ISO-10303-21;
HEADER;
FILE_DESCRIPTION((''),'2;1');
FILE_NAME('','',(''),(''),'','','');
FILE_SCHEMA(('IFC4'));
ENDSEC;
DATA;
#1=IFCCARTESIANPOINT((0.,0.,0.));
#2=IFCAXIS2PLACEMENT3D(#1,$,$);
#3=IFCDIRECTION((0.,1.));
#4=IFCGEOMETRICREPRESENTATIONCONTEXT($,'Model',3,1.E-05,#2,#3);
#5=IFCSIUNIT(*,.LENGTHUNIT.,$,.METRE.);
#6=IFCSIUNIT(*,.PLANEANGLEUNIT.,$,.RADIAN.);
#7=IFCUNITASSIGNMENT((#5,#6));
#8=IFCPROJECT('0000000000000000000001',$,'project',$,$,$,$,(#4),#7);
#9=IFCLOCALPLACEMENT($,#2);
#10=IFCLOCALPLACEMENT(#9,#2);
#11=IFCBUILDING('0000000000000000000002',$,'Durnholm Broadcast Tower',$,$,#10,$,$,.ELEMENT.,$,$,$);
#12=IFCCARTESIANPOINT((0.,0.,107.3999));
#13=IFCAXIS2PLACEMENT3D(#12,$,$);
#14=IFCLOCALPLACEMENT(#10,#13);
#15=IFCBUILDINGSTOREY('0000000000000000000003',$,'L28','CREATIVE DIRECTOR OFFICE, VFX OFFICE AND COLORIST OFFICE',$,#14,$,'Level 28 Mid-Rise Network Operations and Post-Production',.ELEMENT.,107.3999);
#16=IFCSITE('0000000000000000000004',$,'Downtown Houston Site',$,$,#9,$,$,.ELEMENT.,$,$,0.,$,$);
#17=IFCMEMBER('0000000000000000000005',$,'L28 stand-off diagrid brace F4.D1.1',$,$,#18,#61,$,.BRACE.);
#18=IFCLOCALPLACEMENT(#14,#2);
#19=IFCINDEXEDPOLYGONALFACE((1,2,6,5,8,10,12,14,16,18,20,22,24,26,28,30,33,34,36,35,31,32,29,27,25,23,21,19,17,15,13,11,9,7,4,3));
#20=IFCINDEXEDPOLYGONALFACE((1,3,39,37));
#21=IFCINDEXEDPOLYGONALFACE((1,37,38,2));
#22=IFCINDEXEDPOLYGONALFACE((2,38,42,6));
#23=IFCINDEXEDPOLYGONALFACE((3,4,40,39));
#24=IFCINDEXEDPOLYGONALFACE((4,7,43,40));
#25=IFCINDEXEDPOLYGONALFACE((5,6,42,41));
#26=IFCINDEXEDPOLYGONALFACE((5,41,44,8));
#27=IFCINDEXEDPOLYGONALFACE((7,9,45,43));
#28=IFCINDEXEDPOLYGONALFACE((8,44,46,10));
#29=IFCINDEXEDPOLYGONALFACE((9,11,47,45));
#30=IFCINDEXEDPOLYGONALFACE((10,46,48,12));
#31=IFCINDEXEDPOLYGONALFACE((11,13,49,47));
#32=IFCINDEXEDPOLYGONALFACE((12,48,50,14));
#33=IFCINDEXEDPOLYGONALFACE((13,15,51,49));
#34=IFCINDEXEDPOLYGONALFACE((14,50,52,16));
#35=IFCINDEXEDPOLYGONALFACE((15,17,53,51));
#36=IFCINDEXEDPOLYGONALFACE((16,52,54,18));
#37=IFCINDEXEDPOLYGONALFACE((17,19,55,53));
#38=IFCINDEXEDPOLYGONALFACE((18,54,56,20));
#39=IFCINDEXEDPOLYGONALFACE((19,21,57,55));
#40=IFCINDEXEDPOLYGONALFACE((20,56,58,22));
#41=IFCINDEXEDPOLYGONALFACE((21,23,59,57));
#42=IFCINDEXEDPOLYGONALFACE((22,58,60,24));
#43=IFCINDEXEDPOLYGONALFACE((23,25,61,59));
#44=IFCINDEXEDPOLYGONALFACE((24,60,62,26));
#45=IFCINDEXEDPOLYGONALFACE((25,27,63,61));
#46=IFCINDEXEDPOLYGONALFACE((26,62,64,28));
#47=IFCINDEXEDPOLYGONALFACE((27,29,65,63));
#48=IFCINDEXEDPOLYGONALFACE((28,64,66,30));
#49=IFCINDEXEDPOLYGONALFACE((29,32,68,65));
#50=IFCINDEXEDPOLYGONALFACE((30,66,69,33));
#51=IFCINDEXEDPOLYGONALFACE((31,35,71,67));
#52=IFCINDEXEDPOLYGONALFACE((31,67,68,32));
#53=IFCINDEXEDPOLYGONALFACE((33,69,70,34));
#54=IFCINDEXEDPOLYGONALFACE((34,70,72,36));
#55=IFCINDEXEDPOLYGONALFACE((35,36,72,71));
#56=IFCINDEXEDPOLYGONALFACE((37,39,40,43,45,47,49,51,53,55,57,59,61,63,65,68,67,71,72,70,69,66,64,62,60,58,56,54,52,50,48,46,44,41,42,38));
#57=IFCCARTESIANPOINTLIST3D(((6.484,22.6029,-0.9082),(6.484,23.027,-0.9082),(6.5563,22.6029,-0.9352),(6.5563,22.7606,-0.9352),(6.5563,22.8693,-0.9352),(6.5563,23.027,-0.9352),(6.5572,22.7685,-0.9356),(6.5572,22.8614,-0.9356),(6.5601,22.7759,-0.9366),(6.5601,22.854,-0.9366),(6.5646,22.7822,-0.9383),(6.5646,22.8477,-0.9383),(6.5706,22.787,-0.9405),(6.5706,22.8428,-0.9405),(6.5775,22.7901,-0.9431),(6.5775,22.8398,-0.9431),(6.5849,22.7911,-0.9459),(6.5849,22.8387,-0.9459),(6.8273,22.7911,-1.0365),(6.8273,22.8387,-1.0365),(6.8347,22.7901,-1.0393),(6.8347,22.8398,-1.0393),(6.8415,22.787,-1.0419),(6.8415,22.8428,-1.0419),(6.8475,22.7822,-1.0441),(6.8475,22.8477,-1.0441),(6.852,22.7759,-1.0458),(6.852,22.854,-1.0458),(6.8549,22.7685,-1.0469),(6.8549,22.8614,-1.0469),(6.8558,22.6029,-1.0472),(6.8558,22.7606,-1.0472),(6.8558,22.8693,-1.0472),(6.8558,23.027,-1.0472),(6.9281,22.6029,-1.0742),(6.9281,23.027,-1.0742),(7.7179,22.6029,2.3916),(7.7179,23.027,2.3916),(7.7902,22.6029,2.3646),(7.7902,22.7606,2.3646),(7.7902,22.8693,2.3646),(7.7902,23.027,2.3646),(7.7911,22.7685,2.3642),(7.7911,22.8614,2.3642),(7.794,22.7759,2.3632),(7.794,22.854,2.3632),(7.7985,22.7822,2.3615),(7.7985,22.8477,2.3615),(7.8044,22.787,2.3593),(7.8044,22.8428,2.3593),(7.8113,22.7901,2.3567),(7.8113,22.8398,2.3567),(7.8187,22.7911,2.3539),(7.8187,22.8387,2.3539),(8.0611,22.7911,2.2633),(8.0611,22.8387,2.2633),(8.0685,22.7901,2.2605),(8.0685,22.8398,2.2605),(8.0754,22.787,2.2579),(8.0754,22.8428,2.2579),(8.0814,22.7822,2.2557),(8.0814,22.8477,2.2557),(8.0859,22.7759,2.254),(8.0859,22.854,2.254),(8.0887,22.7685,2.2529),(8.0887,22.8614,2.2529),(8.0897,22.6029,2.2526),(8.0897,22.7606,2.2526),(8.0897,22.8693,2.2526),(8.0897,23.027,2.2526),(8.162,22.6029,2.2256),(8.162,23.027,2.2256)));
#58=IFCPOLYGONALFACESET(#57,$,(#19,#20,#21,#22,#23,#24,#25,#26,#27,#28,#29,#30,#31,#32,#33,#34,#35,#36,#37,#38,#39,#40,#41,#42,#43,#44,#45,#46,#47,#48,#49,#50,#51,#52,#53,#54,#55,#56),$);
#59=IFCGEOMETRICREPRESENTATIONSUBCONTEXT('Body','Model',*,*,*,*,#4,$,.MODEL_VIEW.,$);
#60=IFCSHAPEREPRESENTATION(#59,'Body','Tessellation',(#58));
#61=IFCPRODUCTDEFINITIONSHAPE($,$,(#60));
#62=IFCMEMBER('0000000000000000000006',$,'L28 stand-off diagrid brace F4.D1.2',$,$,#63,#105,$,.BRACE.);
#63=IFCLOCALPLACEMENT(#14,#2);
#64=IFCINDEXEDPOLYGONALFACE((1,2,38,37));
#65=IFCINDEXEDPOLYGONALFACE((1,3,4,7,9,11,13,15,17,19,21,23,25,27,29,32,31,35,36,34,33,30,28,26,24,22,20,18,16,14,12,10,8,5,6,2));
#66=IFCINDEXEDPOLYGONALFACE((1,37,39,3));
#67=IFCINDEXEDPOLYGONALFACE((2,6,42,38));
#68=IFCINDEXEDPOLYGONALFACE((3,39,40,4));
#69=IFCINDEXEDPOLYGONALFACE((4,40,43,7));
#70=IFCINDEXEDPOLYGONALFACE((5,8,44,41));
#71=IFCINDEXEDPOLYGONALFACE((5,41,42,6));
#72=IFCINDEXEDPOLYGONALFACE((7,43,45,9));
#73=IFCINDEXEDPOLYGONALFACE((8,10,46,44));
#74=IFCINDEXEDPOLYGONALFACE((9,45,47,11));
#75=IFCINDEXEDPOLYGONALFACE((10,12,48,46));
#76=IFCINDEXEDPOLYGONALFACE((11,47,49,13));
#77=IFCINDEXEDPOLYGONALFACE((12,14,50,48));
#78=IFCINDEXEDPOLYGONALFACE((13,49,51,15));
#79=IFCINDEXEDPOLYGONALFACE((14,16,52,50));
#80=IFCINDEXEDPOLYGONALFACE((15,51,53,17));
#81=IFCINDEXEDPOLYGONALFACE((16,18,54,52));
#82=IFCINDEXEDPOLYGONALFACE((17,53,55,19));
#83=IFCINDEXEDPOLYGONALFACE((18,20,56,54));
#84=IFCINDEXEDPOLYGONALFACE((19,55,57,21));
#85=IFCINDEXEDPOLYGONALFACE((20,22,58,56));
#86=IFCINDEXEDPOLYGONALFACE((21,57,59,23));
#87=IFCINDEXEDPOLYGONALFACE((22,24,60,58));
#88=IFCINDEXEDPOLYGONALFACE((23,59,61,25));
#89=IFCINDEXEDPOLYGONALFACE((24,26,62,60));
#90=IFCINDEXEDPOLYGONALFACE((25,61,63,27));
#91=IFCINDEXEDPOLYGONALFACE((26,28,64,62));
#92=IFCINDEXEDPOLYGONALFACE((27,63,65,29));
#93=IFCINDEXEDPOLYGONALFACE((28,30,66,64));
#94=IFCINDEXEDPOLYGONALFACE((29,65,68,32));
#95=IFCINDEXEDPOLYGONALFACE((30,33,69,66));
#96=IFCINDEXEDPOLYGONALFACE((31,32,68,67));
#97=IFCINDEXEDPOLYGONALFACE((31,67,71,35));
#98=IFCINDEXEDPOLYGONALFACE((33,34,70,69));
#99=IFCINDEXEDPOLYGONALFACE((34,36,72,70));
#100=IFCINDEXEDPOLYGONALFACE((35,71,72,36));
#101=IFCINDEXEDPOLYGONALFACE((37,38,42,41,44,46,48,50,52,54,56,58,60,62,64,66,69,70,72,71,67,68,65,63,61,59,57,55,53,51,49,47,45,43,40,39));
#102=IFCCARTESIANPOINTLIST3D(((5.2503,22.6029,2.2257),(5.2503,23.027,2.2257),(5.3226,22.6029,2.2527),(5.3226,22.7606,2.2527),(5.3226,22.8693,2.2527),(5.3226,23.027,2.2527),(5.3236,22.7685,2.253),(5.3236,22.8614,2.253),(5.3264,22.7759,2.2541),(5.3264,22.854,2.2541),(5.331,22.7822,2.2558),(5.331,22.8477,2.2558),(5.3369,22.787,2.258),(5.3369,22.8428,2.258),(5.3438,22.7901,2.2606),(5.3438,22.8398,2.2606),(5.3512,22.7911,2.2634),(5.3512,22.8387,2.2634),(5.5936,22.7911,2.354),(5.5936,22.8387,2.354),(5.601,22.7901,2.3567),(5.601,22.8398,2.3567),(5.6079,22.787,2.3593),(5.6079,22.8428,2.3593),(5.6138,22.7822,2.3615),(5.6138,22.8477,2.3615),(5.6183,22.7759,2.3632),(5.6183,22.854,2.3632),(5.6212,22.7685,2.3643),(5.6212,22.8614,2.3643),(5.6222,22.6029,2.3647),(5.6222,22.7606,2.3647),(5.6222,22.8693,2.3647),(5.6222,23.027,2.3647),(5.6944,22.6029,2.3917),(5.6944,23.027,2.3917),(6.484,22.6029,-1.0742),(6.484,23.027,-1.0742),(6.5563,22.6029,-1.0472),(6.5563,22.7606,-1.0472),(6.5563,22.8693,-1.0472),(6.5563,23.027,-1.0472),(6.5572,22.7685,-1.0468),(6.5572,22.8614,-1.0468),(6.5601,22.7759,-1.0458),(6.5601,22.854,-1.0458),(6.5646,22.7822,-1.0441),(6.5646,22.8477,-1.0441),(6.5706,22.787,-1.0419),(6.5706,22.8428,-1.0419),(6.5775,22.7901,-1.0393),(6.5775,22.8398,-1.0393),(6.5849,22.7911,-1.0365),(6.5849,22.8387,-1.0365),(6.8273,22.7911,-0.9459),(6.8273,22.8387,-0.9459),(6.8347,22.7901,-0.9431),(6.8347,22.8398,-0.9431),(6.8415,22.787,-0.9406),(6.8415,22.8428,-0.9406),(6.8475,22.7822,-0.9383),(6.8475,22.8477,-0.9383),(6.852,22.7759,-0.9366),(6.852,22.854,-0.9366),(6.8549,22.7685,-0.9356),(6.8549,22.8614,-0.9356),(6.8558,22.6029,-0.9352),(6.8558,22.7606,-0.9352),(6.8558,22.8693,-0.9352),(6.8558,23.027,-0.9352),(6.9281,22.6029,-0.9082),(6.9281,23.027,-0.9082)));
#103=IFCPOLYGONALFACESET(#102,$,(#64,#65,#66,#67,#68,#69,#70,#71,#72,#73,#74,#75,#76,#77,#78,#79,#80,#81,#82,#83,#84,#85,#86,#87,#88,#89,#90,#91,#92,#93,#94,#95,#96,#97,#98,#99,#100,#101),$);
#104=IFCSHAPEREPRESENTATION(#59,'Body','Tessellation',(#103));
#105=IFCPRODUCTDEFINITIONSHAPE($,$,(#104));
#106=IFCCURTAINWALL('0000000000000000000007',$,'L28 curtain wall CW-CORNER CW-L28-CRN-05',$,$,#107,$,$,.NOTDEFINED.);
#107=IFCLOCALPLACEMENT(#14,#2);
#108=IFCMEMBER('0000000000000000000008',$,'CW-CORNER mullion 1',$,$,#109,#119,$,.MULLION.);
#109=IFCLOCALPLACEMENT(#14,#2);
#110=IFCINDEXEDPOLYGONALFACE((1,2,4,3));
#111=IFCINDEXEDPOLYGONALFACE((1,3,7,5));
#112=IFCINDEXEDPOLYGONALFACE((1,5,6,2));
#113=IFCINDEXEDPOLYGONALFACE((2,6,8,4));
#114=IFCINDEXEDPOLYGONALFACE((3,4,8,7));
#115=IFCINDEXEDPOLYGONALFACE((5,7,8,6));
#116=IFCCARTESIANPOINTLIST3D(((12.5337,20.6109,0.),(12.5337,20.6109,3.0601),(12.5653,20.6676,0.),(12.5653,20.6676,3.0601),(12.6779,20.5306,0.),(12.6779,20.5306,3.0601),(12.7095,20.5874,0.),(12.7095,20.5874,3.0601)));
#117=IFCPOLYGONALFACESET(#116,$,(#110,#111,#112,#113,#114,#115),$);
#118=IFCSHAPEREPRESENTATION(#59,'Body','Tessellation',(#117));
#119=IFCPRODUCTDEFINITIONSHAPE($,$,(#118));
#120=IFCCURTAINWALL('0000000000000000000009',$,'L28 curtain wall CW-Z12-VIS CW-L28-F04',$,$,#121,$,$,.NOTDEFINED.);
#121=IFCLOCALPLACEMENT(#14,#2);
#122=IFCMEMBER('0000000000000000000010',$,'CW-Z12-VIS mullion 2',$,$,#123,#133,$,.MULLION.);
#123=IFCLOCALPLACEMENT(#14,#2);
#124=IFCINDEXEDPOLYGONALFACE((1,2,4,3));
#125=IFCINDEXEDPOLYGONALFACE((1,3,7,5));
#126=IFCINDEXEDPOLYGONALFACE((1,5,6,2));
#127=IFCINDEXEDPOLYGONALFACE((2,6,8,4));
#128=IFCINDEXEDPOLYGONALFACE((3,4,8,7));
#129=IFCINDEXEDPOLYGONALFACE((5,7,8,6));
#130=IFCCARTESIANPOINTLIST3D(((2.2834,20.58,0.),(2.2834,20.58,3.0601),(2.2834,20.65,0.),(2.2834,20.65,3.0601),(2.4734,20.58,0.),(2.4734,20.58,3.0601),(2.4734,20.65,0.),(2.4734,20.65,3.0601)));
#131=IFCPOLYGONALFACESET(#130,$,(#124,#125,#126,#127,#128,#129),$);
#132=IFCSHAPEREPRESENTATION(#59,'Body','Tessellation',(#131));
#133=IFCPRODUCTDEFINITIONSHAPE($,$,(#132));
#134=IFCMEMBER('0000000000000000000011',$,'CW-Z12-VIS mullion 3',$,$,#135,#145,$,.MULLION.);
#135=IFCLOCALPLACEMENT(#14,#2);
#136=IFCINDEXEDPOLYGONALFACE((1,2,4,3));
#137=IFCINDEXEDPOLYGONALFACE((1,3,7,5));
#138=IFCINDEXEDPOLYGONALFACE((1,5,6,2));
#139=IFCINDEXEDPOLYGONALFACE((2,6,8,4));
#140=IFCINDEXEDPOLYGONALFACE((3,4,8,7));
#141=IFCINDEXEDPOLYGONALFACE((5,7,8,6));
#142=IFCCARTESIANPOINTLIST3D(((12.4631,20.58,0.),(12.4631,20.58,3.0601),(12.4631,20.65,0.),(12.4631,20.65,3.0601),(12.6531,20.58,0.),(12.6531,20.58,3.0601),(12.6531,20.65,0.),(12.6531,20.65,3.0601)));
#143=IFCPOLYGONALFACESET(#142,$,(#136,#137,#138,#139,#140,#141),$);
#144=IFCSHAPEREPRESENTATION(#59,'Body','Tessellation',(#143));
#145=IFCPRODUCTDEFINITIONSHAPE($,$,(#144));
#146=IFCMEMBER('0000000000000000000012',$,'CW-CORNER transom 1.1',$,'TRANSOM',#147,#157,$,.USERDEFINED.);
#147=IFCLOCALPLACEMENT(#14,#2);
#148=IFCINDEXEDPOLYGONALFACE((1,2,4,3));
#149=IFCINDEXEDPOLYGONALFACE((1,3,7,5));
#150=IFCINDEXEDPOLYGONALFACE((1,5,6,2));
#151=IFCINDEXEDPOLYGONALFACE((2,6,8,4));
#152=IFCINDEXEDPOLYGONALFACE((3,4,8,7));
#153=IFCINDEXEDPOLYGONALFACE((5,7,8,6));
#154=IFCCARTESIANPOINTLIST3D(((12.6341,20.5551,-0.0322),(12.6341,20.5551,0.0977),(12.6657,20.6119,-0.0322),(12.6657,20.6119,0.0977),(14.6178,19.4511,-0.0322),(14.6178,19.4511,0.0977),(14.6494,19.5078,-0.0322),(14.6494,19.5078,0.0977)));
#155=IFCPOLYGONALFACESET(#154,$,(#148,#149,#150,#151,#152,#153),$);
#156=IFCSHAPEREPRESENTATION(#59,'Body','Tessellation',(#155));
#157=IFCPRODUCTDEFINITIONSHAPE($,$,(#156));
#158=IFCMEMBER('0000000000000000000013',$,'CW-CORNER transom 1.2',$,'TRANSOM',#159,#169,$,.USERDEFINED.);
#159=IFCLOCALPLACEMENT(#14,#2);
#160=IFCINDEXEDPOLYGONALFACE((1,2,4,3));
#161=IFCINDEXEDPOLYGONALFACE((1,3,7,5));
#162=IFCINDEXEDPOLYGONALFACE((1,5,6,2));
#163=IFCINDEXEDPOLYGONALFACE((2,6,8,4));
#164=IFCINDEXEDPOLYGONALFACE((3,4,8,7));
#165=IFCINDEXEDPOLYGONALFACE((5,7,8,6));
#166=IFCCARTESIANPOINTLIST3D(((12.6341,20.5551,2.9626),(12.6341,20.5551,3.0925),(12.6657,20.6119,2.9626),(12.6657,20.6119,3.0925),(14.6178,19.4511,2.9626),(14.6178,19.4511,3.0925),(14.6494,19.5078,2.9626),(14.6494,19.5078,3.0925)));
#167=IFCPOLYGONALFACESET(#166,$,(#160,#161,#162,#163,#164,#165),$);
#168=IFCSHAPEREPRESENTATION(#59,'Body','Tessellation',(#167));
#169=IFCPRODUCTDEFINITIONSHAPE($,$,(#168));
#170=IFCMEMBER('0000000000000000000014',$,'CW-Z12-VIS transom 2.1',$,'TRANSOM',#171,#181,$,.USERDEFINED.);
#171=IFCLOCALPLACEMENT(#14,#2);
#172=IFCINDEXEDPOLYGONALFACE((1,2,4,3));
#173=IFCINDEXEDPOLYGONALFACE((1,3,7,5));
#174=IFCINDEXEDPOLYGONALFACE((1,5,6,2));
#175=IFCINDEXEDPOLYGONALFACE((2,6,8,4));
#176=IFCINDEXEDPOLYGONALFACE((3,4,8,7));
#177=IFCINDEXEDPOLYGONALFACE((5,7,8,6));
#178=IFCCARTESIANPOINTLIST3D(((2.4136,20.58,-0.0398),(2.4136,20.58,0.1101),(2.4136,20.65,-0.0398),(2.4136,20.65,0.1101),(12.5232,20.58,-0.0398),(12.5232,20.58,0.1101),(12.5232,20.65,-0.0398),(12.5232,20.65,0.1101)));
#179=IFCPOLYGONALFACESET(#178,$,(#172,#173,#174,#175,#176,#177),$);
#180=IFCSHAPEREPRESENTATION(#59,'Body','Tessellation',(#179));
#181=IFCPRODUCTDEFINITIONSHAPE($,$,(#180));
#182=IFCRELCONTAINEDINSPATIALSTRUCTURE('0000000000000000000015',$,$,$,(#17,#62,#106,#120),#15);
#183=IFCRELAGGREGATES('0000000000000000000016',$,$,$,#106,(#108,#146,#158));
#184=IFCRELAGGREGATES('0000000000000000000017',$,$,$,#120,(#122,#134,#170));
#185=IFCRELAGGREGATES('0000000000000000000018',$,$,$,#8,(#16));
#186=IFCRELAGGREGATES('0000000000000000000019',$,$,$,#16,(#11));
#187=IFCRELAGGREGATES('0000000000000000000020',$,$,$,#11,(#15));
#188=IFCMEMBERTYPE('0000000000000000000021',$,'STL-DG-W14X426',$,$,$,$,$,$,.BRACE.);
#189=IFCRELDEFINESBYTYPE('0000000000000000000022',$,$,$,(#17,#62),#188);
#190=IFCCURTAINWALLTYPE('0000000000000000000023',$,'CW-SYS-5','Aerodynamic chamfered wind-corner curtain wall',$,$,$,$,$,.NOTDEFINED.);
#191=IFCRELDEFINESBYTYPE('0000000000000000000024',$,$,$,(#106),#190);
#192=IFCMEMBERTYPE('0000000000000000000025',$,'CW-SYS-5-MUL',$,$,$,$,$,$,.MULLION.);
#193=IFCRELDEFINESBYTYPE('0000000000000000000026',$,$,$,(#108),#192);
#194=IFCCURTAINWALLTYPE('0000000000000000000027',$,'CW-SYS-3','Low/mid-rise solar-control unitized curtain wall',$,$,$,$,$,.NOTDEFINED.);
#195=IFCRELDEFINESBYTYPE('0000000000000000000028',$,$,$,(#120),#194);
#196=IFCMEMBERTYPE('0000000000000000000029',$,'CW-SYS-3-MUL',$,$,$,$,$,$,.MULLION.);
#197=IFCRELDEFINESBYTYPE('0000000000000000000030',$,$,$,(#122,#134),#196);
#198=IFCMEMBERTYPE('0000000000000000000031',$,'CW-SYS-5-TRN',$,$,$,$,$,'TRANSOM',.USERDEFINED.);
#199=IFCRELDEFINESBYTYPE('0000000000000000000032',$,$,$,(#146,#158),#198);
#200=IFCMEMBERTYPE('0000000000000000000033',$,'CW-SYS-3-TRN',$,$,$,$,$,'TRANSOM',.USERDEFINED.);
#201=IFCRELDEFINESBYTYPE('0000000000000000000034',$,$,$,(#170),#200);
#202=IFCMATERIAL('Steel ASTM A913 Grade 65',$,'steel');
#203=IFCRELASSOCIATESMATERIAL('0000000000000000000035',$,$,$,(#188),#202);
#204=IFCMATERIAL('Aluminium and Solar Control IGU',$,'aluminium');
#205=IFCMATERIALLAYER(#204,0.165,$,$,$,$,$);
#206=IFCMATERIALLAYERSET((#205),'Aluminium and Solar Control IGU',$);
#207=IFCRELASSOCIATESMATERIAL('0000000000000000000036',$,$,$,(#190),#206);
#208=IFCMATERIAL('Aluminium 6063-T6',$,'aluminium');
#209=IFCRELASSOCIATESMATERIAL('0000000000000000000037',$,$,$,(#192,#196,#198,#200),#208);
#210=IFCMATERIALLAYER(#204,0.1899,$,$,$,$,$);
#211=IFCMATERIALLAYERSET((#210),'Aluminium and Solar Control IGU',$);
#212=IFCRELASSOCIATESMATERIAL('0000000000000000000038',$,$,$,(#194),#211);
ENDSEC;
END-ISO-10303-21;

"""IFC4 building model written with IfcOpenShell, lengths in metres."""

from ifc_helpers import new_model, si_unit, direction, frame, origin, origin_2d, place, context, subcontext, project, spatial, rectangle, i_section, extrude, source, transform, mapped, material, layer, layer_set, material_profile, profile_set, type_object, type_shapes, element, aggregate, save


model = new_model("IFC4")

# Units and contexts
model_context = context("Model", 3, precision=1e-05, world=origin(), true_north=direction((0.0, 1.0)))
body_context = subcontext(model_context, "Body", "Model", "MODEL_VIEW")
ifc_project = project(units=[si_unit("LENGTHUNIT", "METRE"), si_unit("PLANEANGLEUNIT", "RADIAN")], contexts=[model_context])

# Site, building, storey
site_placement = place(None, origin())
site = spatial("IfcSite", under=ifc_project, at=site_placement, Name="Downtown Houston Site", CompositionType="ELEMENT", RefElevation=0.0)
building_placement = place(site_placement, origin())
building = spatial("IfcBuilding", under=site, at=building_placement, Name="Durnholm Broadcast Tower", CompositionType="ELEMENT")
storey_placement = place(building_placement, frame((0.0, 0.0, 107.3999)))
storey = spatial("IfcBuildingStorey", under=building, at=storey_placement, Name="L28", Description="CREATIVE DIRECTOR OFFICE, VFX OFFICE AND COLORIST OFFICE", LongName="Level 28 Mid-Rise Network Operations and Post-Production", CompositionType="ELEMENT", Elevation=107.3999)

# Members
ifc_material_1 = material(Name="Steel ASTM A913 Grade 65", Category="steel")
ifc_material_profile_1 = material_profile(ifc_material_1, i_section(OverallWidth=0.4241, OverallDepth=0.4741, WebThickness=0.0476, FlangeThickness=0.0771, FilletRadius=0.0305, at=origin_2d()), Name="W14X426")
ifc_profile_set_1 = profile_set([ifc_material_profile_1], Name="Steel ASTM A913 Grade 65")
member_type_1 = type_object("IfcMemberType", Name="STL-DG-W14X426", PredefinedType="BRACE", material=ifc_profile_set_1)
shared_shape_1 = source(origin(), body_context, "Body", "SweptSolid", [
    extrude(i_section(OverallWidth=0.4241, OverallDepth=0.4741, WebThickness=0.0476, FlangeThickness=0.0771, FilletRadius=0.0305, at=origin_2d()), origin(), (0.0, 0.0, 1.0), 3.5229),
])
type_shapes(member_type_1, [shared_shape_1])
for number, where, z_axis, x_axis, name in (
    (1, (6.7061, 22.8149, -0.9912), (0.350242, 0.0, 0.936659), (0.0, 1.0, 0.0), "L28 stand-off diagrid brace F4.D1.1"),
    (2, (6.7061, 22.8149, -0.9912), (-0.350182, 0.0, 0.936682), (0.0, -1.0, 0.0), "L28 stand-off diagrid brace F4.D1.2"),
):
    element("IfcMember", number, at=place(storey_placement, frame(where, z_axis=z_axis, x_axis=x_axis)), inside=storey, type_object=member_type_1, Name=name, PredefinedType="BRACE", context=body_context, shape_type="MappedRepresentation", body=[
        mapped(shared_shape_1, transform((0.0, 0.0, 0.0), x_axis=(1.0, 0.0, 0.0), y_axis=(0.0, 1.0, 0.0), z_axis=(0.0, 0.0, 1.0), scale=1.0)),
    ])

# Curtain wall, member
ifc_material_2 = material(Name="Aluminium and Solar Control IGU", Category="aluminium")
ifc_layer_1 = layer(ifc_material_2, 0.165)
ifc_layer_set_1 = layer_set([ifc_layer_1], Name="Aluminium and Solar Control IGU")
curtain_wall_type_1 = type_object("IfcCurtainWallType", Name="CW-SYS-5", Description="Aerodynamic chamfered wind-corner curtain wall", PredefinedType="NOTDEFINED", material=ifc_layer_set_1)
curtain_wall_1_placement = place(storey_placement, origin())
curtain_wall_1 = element("IfcCurtainWall", 3, at=curtain_wall_1_placement, inside=storey, type_object=curtain_wall_type_1, Name="L28 curtain wall CW-CORNER CW-L28-CRN-05", PredefinedType="NOTDEFINED")
ifc_material_3 = material(Name="Aluminium 6063-T6", Category="aluminium")
ifc_material_profile_2 = material_profile(ifc_material_3, rectangle(XDim=0.0649, YDim=0.165, at=origin_2d()), Name="CWM65X165")
ifc_profile_set_2 = profile_set([ifc_material_profile_2], Name="Aluminium 6063-T6")
member_type_2 = type_object("IfcMemberType", Name="CW-SYS-5-MUL", PredefinedType="MULLION", material=ifc_profile_set_2)
shared_shape_2 = source(origin(), body_context, "Body", "SweptSolid", [
    extrude(rectangle(XDim=0.0649, YDim=0.165, at=origin_2d()), origin(), (0.0, 0.0, 1.0), 3.0601),
])
type_shapes(member_type_2, [shared_shape_2])
member_1_placement = place(storey_placement, frame((12.6216, 20.5991, 0.0), z_axis=(0.0, 0.0, 1.0), x_axis=(0.486244, 0.873823, 0.0)))
member_1 = element("IfcMember", 4, at=member_1_placement, type_object=member_type_2, Name="CW-CORNER mullion 1", PredefinedType="MULLION", context=body_context, shape_type="MappedRepresentation", body=[
    mapped(shared_shape_2, transform((0.0, 0.0, 0.0), x_axis=(1.0, 0.0, 0.0), y_axis=(0.0, 1.0, 0.0), z_axis=(0.0, 0.0, 1.0), scale=1.0)),
])

# Curtain wall, members
ifc_layer_2 = layer(ifc_material_2, 0.1899)
ifc_layer_set_2 = layer_set([ifc_layer_2], Name="Aluminium and Solar Control IGU")
curtain_wall_type_2 = type_object("IfcCurtainWallType", Name="CW-SYS-3", Description="Low/mid-rise solar-control unitized curtain wall", PredefinedType="NOTDEFINED", material=ifc_layer_set_2)
curtain_wall_2_placement = place(storey_placement, origin())
curtain_wall_2 = element("IfcCurtainWall", 5, at=curtain_wall_2_placement, inside=storey, type_object=curtain_wall_type_2, Name="L28 curtain wall CW-Z12-VIS CW-L28-F04", PredefinedType="NOTDEFINED")
ifc_material_profile_3 = material_profile(ifc_material_3, rectangle(XDim=0.0701, YDim=0.1899, at=origin_2d()), Name="CWM70X190")
ifc_profile_set_3 = profile_set([ifc_material_profile_3], Name="Aluminium 6063-T6")
member_type_3 = type_object("IfcMemberType", Name="CW-SYS-3-MUL", PredefinedType="MULLION", material=ifc_profile_set_3)
shared_shape_3 = source(origin(), body_context, "Body", "SweptSolid", [
    extrude(rectangle(XDim=0.0701, YDim=0.1899, at=origin_2d()), origin(), (0.0, 0.0, 1.0), 3.0601),
])
type_shapes(member_type_3, [shared_shape_3])
member_2_placement = place(storey_placement, frame((2.3784, 20.615, 0.0), z_axis=(0.0, 0.0, 1.0), x_axis=(0.0, 1.0, 0.0)))
member_2 = element("IfcMember", 6, at=member_2_placement, type_object=member_type_3, Name="CW-Z12-VIS mullion 2", PredefinedType="MULLION", context=body_context, shape_type="MappedRepresentation", body=[
    mapped(shared_shape_3, transform((0.0, 0.0, 0.0), x_axis=(1.0, 0.0, 0.0), y_axis=(0.0, 1.0, 0.0), z_axis=(0.0, 0.0, 1.0), scale=1.0)),
])
member_3_placement = place(storey_placement, frame((12.5581, 20.615, 0.0), z_axis=(0.0, 0.0, 1.0), x_axis=(0.0, 1.0, 0.0)))
member_3 = element("IfcMember", 7, at=member_3_placement, type_object=member_type_3, Name="CW-Z12-VIS mullion 3", PredefinedType="MULLION", context=body_context, shape_type="MappedRepresentation", body=[
    mapped(shared_shape_3, transform((0.0, 0.0, 0.0), x_axis=(1.0, 0.0, 0.0), y_axis=(0.0, 1.0, 0.0), z_axis=(0.0, 0.0, 1.0), scale=1.0)),
])

# Members
ifc_material_profile_4 = material_profile(ifc_material_3, rectangle(XDim=0.0649, YDim=0.1299, at=origin_2d()), Name="CWT65X130")
ifc_profile_set_4 = profile_set([ifc_material_profile_4], Name="Aluminium 6063-T6")
member_type_4 = type_object("IfcMemberType", Name="CW-SYS-5-TRN", ElementType="TRANSOM", PredefinedType="USERDEFINED", material=ifc_profile_set_4)
shared_shape_4 = source(origin(), body_context, "Body", "SweptSolid", [
    extrude(rectangle(XDim=0.0649, YDim=0.1299, at=origin_2d()), origin(), (0.0, 0.0, 1.0), 2.2703),
])
type_shapes(member_type_4, [shared_shape_4])
member_4_placement = place(storey_placement, frame((12.6499, 20.5835, 0.0327), z_axis=(0.873787, -0.486309, 0.0), x_axis=(0.486309, 0.873787, 0.0)))
member_4 = element("IfcMember", 8, at=member_4_placement, type_object=member_type_4, Name="CW-CORNER transom 1.1", ObjectType="TRANSOM", PredefinedType="USERDEFINED", context=body_context, shape_type="MappedRepresentation", body=[
    mapped(shared_shape_4, transform((0.0, 0.0, 0.0), x_axis=(1.0, 0.0, 0.0), y_axis=(0.0, 1.0, 0.0), z_axis=(0.0, 0.0, 1.0), scale=1.0)),
])
member_5_placement = place(storey_placement, frame((12.6499, 20.5835, 3.0276), z_axis=(0.873787, -0.486309, 0.0), x_axis=(0.486309, 0.873787, 0.0)))
member_5 = element("IfcMember", 9, at=member_5_placement, type_object=member_type_4, Name="CW-CORNER transom 1.2", ObjectType="TRANSOM", PredefinedType="USERDEFINED", context=body_context, shape_type="MappedRepresentation", body=[
    mapped(shared_shape_4, transform((0.0, 0.0, 0.0), x_axis=(1.0, 0.0, 0.0), y_axis=(0.0, 1.0, 0.0), z_axis=(0.0, 0.0, 1.0), scale=1.0)),
])
aggregate(curtain_wall_1, [member_1, member_4, member_5])
ifc_material_profile_5 = material_profile(ifc_material_3, rectangle(XDim=0.0701, YDim=0.1499, at=origin_2d()), Name="CWT70X150")
ifc_profile_set_5 = profile_set([ifc_material_profile_5], Name="Aluminium 6063-T6")
member_type_5 = type_object("IfcMemberType", Name="CW-SYS-3-TRN", ElementType="TRANSOM", PredefinedType="USERDEFINED", material=ifc_profile_set_5)
shared_shape_5 = source(origin(), body_context, "Body", "SweptSolid", [
    extrude(rectangle(XDim=0.0701, YDim=0.1499, at=origin_2d()), origin(), (0.0, 0.0, 1.0), 10.1096),
])
type_shapes(member_type_5, [shared_shape_5])
member_6_placement = place(storey_placement, frame((2.4136, 20.615, 0.0352), z_axis=(1.0, 0.0, 0.0), x_axis=(0.0, 1.0, 0.0)))
member_6 = element("IfcMember", 10, at=member_6_placement, type_object=member_type_5, Name="CW-Z12-VIS transom 2.1", ObjectType="TRANSOM", PredefinedType="USERDEFINED", context=body_context, shape_type="MappedRepresentation", body=[
    mapped(shared_shape_5, transform((0.0, 0.0, 0.0), x_axis=(1.0, 0.0, 0.0), y_axis=(0.0, 1.0, 0.0), z_axis=(0.0, 0.0, 1.0), scale=1.0)),
])

aggregate(curtain_wall_2, [member_2, member_3, member_6])

save(model, "model.ifc")
